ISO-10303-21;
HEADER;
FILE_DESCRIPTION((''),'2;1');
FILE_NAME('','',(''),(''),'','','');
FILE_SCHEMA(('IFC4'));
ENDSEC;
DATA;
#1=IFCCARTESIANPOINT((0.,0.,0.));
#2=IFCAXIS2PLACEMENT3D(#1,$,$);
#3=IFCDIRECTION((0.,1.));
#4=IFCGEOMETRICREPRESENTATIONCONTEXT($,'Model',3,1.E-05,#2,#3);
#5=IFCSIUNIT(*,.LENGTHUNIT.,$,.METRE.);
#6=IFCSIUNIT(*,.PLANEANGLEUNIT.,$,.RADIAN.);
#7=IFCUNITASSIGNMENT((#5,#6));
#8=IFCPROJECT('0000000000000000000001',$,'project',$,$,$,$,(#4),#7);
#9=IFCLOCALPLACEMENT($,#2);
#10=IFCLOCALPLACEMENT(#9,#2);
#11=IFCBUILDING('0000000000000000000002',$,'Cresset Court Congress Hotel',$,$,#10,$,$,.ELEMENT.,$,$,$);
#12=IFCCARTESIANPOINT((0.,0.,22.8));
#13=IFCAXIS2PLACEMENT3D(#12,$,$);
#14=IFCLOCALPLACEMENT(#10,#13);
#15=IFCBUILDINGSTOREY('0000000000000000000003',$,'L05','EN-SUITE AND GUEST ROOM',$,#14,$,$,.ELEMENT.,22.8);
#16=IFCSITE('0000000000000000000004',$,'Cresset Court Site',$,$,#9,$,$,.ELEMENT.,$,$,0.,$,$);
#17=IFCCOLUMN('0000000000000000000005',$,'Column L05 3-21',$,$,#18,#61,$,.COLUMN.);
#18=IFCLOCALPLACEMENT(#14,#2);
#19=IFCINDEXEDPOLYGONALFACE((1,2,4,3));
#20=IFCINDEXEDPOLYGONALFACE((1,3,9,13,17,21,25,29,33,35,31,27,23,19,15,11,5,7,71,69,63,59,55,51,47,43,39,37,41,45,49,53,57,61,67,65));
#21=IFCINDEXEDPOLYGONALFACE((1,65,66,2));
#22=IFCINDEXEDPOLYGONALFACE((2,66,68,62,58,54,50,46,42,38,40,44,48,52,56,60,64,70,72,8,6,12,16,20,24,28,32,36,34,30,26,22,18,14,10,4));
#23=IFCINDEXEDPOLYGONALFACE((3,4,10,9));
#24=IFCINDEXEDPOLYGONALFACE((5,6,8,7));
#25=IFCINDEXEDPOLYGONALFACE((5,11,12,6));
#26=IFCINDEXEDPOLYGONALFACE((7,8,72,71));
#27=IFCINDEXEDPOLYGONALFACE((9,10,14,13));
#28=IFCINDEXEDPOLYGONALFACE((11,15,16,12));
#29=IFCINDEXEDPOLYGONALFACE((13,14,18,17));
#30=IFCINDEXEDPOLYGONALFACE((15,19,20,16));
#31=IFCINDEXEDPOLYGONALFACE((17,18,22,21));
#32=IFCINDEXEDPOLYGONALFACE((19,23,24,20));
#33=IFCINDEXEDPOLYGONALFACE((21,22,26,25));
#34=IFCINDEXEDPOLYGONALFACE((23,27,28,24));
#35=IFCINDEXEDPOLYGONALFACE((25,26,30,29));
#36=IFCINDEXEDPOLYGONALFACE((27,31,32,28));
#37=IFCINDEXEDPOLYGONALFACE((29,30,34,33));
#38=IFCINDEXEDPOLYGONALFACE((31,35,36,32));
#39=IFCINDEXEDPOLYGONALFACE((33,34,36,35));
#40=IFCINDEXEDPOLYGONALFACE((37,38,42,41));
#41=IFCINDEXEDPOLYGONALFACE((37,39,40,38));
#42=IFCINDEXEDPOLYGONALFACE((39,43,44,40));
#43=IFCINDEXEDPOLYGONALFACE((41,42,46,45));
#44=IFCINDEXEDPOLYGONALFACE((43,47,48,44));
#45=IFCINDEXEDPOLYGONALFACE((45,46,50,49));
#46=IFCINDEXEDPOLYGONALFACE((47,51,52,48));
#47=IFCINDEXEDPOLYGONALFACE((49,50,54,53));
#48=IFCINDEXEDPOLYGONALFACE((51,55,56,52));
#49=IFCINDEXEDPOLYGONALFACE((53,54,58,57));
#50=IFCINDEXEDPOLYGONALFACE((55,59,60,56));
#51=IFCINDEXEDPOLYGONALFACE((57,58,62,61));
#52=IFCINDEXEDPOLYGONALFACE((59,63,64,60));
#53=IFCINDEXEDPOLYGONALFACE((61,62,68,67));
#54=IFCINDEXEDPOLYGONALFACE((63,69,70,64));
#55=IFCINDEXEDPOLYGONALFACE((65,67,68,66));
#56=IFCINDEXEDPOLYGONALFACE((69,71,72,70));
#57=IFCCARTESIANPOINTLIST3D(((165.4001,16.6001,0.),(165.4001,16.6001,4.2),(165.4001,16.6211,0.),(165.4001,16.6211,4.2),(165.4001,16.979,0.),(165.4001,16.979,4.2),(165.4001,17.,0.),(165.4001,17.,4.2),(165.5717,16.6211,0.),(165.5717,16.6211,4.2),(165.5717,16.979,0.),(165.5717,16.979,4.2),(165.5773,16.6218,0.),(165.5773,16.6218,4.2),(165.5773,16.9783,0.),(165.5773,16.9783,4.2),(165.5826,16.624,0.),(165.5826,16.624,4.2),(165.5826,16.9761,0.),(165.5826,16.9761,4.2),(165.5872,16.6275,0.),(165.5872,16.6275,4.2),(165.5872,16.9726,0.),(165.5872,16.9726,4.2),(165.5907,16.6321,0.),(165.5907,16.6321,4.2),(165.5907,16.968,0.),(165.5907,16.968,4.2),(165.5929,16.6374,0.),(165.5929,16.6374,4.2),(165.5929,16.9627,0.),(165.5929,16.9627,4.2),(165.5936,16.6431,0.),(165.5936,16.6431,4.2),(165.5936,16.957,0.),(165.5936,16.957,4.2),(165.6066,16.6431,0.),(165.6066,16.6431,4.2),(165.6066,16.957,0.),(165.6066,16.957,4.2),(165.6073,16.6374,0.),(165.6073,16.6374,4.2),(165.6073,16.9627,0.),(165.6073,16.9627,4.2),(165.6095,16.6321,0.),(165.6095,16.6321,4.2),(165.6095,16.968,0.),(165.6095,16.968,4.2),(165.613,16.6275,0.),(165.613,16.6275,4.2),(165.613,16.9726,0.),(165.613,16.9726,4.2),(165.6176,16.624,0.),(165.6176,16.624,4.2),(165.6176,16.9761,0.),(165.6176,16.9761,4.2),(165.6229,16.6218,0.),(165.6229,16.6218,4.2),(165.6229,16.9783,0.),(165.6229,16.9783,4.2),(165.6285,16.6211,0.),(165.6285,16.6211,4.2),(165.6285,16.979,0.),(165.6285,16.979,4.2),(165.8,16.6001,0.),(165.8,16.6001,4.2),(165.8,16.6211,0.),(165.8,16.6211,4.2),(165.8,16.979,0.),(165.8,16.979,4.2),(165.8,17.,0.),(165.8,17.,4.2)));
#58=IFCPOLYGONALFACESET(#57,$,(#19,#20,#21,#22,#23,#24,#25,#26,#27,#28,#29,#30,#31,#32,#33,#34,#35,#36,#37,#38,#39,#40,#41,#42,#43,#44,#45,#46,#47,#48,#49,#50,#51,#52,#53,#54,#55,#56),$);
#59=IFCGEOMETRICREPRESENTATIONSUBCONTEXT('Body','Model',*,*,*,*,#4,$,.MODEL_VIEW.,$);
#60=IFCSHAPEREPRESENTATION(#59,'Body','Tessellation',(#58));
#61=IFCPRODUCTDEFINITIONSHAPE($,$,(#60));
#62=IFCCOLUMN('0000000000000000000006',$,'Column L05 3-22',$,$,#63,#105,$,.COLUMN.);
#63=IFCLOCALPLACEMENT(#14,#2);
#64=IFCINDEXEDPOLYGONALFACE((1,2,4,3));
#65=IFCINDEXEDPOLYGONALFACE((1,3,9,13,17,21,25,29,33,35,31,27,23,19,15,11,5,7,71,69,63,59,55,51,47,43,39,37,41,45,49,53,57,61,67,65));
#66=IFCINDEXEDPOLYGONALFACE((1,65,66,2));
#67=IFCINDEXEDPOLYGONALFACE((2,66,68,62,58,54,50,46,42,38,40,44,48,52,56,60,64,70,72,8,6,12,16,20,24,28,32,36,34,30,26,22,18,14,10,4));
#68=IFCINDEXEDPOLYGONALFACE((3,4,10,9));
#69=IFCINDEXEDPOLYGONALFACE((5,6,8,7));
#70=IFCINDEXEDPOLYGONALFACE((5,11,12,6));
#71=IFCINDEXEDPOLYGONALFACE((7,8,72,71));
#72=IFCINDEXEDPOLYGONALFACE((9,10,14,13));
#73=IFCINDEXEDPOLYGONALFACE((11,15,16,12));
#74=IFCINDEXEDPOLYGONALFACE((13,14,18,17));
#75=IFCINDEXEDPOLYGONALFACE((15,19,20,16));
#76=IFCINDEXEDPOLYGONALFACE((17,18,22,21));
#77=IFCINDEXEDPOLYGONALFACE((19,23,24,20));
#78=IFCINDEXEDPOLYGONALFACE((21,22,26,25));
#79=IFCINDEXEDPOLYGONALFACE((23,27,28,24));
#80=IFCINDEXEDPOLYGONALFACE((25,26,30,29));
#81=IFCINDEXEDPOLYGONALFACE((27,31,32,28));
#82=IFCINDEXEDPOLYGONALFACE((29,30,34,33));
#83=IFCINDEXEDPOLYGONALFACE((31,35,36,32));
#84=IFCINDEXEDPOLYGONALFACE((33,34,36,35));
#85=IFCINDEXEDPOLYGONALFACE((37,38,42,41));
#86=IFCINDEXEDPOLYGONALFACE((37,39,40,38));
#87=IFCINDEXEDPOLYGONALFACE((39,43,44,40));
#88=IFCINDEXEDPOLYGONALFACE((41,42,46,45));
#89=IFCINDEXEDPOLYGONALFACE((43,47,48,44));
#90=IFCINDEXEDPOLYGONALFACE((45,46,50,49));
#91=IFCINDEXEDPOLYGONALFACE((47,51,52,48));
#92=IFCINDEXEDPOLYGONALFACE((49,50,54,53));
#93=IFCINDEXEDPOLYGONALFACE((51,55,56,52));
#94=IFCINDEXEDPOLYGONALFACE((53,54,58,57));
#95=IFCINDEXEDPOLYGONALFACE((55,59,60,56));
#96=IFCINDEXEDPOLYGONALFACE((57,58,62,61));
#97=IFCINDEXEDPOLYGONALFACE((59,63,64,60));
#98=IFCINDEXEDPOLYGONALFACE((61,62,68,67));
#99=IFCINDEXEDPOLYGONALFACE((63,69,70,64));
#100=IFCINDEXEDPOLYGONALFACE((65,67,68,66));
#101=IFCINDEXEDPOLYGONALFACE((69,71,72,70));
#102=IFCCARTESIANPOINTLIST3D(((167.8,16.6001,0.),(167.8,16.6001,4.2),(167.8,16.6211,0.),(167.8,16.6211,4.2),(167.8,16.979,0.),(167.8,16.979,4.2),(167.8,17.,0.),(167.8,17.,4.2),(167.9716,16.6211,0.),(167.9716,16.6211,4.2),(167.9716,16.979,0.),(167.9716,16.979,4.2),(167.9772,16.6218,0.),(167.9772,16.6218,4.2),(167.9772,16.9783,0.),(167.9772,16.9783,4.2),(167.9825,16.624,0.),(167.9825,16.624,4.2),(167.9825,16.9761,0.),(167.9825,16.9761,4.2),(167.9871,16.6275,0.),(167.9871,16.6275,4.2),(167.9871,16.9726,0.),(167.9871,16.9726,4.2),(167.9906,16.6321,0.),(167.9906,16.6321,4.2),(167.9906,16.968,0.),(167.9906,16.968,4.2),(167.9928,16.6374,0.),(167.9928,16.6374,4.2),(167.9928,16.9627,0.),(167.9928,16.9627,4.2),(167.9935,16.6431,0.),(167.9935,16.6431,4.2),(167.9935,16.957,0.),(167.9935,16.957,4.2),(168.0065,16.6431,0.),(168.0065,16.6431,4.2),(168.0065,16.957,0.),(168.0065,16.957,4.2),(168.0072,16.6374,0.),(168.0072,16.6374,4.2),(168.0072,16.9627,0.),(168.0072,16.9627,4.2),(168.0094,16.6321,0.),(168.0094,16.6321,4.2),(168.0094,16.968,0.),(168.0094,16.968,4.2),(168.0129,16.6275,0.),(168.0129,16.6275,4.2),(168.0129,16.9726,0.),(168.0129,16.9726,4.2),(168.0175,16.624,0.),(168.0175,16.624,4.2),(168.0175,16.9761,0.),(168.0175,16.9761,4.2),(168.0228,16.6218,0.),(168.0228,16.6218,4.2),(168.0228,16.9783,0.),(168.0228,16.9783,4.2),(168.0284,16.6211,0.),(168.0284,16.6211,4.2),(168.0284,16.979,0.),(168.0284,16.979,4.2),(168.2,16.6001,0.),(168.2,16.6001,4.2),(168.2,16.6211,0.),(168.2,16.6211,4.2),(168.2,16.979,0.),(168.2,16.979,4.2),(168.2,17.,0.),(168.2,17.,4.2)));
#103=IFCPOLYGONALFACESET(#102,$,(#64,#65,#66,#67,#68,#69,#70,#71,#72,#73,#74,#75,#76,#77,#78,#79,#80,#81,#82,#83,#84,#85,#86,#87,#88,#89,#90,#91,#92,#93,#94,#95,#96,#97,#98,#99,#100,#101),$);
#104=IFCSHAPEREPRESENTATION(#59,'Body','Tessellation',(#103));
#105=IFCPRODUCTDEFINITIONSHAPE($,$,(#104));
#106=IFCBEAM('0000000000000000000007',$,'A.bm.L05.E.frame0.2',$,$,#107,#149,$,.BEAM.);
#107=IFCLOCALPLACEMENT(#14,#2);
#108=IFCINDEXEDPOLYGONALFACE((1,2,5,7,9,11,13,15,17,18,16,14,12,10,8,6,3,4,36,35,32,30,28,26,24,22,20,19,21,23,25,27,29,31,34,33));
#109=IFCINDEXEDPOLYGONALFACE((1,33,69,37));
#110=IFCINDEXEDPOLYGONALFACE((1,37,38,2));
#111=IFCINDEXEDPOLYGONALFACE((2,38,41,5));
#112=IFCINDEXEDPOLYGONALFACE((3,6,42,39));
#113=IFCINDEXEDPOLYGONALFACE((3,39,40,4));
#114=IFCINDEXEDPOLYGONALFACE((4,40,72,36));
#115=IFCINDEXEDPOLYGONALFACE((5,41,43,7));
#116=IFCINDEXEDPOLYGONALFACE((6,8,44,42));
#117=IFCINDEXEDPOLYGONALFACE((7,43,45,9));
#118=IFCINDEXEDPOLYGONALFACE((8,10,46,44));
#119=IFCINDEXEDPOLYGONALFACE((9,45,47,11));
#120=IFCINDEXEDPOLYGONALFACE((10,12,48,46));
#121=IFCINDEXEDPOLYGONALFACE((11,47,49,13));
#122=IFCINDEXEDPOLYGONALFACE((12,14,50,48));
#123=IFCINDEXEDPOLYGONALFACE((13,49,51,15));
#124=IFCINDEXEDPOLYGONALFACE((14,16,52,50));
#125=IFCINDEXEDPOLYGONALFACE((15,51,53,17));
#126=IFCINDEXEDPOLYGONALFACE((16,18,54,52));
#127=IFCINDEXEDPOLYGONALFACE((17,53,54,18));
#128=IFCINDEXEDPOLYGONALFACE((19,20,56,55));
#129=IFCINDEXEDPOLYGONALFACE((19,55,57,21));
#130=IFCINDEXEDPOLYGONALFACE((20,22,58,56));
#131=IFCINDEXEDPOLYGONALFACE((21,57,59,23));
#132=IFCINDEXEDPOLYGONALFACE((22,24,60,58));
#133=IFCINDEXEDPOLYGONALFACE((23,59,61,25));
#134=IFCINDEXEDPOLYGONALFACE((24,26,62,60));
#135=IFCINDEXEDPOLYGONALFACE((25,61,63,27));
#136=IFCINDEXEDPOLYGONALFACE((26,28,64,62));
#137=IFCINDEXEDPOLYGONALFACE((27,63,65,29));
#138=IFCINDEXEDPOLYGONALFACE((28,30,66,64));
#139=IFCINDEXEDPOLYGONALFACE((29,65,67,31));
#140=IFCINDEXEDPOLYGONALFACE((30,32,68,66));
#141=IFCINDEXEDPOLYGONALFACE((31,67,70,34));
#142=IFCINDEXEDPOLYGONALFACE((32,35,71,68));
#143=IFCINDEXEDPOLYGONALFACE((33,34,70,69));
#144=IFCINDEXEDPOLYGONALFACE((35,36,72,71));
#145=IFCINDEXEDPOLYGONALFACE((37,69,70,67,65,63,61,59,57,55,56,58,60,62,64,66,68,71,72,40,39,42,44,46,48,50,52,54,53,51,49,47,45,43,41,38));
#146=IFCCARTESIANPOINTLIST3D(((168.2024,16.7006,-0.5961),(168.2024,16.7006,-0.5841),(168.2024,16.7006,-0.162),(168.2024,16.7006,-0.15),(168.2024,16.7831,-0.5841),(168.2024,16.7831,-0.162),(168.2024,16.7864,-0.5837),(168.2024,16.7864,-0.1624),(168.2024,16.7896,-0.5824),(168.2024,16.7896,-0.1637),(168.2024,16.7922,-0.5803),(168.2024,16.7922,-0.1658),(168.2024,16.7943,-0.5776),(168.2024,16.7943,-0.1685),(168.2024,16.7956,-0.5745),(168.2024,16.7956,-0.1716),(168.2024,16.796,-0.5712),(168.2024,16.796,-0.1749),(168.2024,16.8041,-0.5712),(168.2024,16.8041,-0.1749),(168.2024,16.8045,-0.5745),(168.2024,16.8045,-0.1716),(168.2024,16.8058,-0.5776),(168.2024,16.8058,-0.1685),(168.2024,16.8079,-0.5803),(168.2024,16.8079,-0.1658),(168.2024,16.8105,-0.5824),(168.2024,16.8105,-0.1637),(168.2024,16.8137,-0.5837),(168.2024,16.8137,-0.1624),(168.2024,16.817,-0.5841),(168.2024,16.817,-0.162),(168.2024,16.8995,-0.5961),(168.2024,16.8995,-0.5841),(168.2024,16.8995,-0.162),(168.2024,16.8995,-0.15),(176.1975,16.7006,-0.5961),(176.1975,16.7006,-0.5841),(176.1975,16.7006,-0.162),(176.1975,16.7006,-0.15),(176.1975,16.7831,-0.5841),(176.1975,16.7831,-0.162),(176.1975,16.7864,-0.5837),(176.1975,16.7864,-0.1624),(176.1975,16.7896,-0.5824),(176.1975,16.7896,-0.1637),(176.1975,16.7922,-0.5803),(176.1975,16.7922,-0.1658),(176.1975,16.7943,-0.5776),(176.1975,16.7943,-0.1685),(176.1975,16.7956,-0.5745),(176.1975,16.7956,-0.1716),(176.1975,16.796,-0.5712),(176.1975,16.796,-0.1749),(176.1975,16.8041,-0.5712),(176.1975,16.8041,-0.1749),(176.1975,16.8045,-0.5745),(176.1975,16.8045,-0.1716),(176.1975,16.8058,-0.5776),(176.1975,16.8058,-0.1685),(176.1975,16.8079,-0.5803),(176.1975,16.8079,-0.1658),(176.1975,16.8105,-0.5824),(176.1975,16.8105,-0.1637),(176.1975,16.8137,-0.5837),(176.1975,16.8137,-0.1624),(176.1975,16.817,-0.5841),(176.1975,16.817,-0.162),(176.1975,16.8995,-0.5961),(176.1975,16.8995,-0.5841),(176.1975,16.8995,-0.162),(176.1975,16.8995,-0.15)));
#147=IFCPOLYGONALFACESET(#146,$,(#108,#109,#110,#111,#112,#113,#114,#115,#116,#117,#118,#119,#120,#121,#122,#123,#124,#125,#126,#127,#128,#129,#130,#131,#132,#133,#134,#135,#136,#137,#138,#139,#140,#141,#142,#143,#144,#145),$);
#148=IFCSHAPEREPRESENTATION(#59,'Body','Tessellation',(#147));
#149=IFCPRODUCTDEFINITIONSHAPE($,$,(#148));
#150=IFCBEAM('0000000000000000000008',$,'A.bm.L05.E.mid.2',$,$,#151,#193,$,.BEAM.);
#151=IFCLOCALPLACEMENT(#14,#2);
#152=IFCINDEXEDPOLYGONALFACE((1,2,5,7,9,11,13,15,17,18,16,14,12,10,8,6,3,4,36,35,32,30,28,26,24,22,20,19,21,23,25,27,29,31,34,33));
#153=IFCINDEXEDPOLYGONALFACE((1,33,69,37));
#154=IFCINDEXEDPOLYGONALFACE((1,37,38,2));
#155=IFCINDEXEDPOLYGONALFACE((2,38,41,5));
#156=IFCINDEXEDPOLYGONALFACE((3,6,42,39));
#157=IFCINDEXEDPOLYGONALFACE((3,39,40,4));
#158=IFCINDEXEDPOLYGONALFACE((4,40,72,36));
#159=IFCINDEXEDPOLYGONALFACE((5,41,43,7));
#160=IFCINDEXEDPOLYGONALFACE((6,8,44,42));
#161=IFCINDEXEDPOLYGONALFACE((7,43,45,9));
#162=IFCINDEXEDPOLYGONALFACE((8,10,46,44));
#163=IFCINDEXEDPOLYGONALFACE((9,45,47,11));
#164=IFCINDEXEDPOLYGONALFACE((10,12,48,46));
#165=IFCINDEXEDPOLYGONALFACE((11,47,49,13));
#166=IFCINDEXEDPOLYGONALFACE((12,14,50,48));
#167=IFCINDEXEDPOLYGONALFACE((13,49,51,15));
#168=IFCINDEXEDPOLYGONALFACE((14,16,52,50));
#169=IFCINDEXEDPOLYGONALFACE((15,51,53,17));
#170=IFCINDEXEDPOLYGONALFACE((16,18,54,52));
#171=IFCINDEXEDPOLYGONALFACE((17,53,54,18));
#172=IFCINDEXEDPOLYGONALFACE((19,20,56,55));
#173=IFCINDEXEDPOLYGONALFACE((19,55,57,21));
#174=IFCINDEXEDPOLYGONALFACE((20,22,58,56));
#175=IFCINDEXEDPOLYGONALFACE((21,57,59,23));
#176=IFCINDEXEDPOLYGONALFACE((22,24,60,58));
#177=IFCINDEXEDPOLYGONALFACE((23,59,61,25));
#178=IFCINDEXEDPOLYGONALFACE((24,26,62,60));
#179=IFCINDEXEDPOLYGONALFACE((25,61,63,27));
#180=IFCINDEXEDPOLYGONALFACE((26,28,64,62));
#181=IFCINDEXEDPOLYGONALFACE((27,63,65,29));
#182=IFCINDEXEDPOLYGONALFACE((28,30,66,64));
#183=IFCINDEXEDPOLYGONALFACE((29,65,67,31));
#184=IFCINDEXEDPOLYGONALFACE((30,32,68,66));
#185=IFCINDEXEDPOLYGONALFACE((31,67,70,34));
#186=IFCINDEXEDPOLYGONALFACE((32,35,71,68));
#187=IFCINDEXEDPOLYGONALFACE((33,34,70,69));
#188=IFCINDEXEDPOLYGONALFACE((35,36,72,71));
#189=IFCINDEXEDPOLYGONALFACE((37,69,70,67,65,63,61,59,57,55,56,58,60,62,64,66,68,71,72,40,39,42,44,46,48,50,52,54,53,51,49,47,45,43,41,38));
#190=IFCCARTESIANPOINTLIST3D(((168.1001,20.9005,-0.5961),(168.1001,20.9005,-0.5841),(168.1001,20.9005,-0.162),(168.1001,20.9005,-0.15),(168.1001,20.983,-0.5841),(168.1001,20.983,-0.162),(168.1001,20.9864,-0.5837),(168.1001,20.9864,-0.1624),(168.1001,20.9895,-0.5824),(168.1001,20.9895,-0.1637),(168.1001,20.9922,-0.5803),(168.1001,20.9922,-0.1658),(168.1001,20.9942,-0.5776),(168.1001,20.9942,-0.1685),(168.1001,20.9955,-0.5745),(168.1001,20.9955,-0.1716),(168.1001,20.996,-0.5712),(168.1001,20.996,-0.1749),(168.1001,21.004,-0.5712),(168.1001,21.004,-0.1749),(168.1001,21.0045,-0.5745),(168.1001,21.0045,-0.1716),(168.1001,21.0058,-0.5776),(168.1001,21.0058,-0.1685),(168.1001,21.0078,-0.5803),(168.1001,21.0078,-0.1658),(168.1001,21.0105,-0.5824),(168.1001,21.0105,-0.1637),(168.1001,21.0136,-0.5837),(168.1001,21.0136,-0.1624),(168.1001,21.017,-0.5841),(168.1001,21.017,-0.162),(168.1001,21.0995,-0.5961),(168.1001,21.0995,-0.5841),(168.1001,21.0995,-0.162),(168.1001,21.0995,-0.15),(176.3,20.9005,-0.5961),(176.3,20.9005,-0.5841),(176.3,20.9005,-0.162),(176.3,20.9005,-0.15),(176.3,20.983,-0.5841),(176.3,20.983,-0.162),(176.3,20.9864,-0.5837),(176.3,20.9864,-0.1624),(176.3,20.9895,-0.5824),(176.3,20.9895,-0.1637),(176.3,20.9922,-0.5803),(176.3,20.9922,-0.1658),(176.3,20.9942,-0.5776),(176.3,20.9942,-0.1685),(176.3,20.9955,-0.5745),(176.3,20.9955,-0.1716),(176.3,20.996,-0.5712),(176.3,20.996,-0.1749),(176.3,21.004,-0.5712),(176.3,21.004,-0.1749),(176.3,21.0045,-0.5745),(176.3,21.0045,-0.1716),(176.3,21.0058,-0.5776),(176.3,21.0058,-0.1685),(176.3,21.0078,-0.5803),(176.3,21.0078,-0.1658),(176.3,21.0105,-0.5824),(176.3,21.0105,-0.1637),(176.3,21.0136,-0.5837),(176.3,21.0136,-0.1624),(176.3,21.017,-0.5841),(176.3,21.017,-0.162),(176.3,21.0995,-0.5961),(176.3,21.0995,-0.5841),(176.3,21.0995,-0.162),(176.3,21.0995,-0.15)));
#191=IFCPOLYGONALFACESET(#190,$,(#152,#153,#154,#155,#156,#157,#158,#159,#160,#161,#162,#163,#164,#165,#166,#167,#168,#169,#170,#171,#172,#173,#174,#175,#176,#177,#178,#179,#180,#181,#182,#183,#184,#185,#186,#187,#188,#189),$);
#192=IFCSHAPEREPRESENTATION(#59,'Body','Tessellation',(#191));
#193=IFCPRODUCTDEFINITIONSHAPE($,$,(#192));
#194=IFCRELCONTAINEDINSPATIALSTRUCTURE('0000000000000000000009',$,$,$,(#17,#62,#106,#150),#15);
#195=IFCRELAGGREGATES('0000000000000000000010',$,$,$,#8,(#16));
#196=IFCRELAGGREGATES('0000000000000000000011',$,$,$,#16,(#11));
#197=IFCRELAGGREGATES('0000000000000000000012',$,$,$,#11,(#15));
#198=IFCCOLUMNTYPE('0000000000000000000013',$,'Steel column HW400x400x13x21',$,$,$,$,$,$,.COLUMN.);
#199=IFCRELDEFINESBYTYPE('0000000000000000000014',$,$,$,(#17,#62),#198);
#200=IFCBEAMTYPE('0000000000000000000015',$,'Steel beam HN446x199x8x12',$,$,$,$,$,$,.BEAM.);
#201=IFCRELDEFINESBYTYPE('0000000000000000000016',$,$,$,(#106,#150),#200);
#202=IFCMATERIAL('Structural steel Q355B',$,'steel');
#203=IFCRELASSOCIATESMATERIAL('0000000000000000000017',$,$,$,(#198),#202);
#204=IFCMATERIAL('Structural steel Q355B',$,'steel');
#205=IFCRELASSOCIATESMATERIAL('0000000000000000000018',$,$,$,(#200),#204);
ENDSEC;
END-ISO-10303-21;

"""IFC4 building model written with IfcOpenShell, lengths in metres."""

from ifc_helpers import new_model, si_unit, direction, frame, origin, origin_2d, place, context, subcontext, project, spatial, i_section, extrude, material, material_profile, profile_set, type_object, element, save


model = new_model("IFC4")

# Units and contexts
model_context = context("Model", 3, precision=1e-05, world=origin(), true_north=direction((0.0, 1.0)))
body_context = subcontext(model_context, "Body", "Model", "MODEL_VIEW")
ifc_project = project(units=[si_unit("LENGTHUNIT", "METRE"), si_unit("PLANEANGLEUNIT", "RADIAN")], contexts=[model_context])

# Site, building, storey
site_placement = place(None, origin())
site = spatial("IfcSite", under=ifc_project, at=site_placement, Name="Cresset Court Site", CompositionType="ELEMENT", RefElevation=0.0)
building_placement = place(site_placement, origin())
building = spatial("IfcBuilding", under=site, at=building_placement, Name="Cresset Court Congress Hotel", CompositionType="ELEMENT")
storey_placement = place(building_placement, frame((0.0, 0.0, 22.8)))
storey = spatial("IfcBuildingStorey", under=building, at=storey_placement, Name="L05", Description="EN-SUITE AND GUEST ROOM", CompositionType="ELEMENT", Elevation=22.8)

# Columns
ifc_material_1 = material(Name="Structural steel Q355B", Category="steel")
ifc_material_profile_1 = material_profile(ifc_material_1, i_section(OverallWidth=0.3999, OverallDepth=0.3999, WebThickness=0.0129, FlangeThickness=0.021, FilletRadius=0.022, at=origin_2d()), Name="HW400x400x13x21")
ifc_profile_set_1 = profile_set([ifc_material_profile_1], Name="Structural steel Q355B")
column_type = type_object("IfcColumnType", Name="Steel column HW400x400x13x21", PredefinedType="COLUMN", material=ifc_profile_set_1)
for number, where, z_axis, x_axis, name in (
    (1, (165.6001, 16.8, 0.0), (0.0, 0.0, 1.0), (1.0, 0.0, 0.0), "Column L05 3-21"),
    (2, (168.0, 16.8, 0.0), (0.0, 0.0, 1.0), (1.0, 0.0, 0.0), "Column L05 3-22"),
):
    element("IfcColumn", number, at=place(storey_placement, frame(where, z_axis=z_axis, x_axis=x_axis)), inside=storey, type_object=column_type, Name=name, PredefinedType="COLUMN", context=body_context, shape_type="SweptSolid", body=[
        extrude(i_section(OverallWidth=0.3999, OverallDepth=0.3999, WebThickness=0.0129, FlangeThickness=0.021, FilletRadius=0.022, at=origin_2d()), origin(), (0.0, 0.0, 1.0), 4.2),
    ])

# Beams
ifc_material_2 = material(Name="Structural steel Q355B", Category="steel")
ifc_material_profile_2 = material_profile(ifc_material_2, i_section(OverallWidth=0.199, OverallDepth=0.446, WebThickness=0.0081, FlangeThickness=0.012, FilletRadius=0.0129, at=origin_2d()), Name="HN446x199x8x12")
ifc_profile_set_2 = profile_set([ifc_material_profile_2], Name="Structural steel Q355B")
beam_type_1 = type_object("IfcBeamType", Name="Steel beam HN446x199x8x12", PredefinedType="BEAM", material=ifc_profile_set_2)
beam_1_placement = place(storey_placement, frame((168.2024, 16.8, -0.373), z_axis=(1.0, 0.0, 0.0), x_axis=(0.0, 1.0, 0.0)))
element("IfcBeam", 3, at=beam_1_placement, inside=storey, type_object=beam_type_1, Name="A.bm.L05.E.frame0.2", PredefinedType="BEAM", context=body_context, shape_type="SweptSolid", body=[
    extrude(i_section(OverallWidth=0.199, OverallDepth=0.446, WebThickness=0.0081, FlangeThickness=0.012, FilletRadius=0.0129, at=origin_2d()), origin(), (0.0, 0.0, 1.0), 7.9951),
])
beam_2_placement = place(storey_placement, frame((168.1001, 21.0, -0.373), z_axis=(1.0, 0.0, 0.0), x_axis=(0.0, 1.0, 0.0)))
element("IfcBeam", 4, at=beam_2_placement, inside=storey, type_object=beam_type_1, Name="A.bm.L05.E.mid.2", PredefinedType="BEAM", context=body_context, shape_type="SweptSolid", body=[
    extrude(i_section(OverallWidth=0.199, OverallDepth=0.446, WebThickness=0.0081, FlangeThickness=0.012, FilletRadius=0.0129, at=origin_2d()), origin(), (0.0, 0.0, 1.0), 8.2),
])

save(model, "model.ifc")
